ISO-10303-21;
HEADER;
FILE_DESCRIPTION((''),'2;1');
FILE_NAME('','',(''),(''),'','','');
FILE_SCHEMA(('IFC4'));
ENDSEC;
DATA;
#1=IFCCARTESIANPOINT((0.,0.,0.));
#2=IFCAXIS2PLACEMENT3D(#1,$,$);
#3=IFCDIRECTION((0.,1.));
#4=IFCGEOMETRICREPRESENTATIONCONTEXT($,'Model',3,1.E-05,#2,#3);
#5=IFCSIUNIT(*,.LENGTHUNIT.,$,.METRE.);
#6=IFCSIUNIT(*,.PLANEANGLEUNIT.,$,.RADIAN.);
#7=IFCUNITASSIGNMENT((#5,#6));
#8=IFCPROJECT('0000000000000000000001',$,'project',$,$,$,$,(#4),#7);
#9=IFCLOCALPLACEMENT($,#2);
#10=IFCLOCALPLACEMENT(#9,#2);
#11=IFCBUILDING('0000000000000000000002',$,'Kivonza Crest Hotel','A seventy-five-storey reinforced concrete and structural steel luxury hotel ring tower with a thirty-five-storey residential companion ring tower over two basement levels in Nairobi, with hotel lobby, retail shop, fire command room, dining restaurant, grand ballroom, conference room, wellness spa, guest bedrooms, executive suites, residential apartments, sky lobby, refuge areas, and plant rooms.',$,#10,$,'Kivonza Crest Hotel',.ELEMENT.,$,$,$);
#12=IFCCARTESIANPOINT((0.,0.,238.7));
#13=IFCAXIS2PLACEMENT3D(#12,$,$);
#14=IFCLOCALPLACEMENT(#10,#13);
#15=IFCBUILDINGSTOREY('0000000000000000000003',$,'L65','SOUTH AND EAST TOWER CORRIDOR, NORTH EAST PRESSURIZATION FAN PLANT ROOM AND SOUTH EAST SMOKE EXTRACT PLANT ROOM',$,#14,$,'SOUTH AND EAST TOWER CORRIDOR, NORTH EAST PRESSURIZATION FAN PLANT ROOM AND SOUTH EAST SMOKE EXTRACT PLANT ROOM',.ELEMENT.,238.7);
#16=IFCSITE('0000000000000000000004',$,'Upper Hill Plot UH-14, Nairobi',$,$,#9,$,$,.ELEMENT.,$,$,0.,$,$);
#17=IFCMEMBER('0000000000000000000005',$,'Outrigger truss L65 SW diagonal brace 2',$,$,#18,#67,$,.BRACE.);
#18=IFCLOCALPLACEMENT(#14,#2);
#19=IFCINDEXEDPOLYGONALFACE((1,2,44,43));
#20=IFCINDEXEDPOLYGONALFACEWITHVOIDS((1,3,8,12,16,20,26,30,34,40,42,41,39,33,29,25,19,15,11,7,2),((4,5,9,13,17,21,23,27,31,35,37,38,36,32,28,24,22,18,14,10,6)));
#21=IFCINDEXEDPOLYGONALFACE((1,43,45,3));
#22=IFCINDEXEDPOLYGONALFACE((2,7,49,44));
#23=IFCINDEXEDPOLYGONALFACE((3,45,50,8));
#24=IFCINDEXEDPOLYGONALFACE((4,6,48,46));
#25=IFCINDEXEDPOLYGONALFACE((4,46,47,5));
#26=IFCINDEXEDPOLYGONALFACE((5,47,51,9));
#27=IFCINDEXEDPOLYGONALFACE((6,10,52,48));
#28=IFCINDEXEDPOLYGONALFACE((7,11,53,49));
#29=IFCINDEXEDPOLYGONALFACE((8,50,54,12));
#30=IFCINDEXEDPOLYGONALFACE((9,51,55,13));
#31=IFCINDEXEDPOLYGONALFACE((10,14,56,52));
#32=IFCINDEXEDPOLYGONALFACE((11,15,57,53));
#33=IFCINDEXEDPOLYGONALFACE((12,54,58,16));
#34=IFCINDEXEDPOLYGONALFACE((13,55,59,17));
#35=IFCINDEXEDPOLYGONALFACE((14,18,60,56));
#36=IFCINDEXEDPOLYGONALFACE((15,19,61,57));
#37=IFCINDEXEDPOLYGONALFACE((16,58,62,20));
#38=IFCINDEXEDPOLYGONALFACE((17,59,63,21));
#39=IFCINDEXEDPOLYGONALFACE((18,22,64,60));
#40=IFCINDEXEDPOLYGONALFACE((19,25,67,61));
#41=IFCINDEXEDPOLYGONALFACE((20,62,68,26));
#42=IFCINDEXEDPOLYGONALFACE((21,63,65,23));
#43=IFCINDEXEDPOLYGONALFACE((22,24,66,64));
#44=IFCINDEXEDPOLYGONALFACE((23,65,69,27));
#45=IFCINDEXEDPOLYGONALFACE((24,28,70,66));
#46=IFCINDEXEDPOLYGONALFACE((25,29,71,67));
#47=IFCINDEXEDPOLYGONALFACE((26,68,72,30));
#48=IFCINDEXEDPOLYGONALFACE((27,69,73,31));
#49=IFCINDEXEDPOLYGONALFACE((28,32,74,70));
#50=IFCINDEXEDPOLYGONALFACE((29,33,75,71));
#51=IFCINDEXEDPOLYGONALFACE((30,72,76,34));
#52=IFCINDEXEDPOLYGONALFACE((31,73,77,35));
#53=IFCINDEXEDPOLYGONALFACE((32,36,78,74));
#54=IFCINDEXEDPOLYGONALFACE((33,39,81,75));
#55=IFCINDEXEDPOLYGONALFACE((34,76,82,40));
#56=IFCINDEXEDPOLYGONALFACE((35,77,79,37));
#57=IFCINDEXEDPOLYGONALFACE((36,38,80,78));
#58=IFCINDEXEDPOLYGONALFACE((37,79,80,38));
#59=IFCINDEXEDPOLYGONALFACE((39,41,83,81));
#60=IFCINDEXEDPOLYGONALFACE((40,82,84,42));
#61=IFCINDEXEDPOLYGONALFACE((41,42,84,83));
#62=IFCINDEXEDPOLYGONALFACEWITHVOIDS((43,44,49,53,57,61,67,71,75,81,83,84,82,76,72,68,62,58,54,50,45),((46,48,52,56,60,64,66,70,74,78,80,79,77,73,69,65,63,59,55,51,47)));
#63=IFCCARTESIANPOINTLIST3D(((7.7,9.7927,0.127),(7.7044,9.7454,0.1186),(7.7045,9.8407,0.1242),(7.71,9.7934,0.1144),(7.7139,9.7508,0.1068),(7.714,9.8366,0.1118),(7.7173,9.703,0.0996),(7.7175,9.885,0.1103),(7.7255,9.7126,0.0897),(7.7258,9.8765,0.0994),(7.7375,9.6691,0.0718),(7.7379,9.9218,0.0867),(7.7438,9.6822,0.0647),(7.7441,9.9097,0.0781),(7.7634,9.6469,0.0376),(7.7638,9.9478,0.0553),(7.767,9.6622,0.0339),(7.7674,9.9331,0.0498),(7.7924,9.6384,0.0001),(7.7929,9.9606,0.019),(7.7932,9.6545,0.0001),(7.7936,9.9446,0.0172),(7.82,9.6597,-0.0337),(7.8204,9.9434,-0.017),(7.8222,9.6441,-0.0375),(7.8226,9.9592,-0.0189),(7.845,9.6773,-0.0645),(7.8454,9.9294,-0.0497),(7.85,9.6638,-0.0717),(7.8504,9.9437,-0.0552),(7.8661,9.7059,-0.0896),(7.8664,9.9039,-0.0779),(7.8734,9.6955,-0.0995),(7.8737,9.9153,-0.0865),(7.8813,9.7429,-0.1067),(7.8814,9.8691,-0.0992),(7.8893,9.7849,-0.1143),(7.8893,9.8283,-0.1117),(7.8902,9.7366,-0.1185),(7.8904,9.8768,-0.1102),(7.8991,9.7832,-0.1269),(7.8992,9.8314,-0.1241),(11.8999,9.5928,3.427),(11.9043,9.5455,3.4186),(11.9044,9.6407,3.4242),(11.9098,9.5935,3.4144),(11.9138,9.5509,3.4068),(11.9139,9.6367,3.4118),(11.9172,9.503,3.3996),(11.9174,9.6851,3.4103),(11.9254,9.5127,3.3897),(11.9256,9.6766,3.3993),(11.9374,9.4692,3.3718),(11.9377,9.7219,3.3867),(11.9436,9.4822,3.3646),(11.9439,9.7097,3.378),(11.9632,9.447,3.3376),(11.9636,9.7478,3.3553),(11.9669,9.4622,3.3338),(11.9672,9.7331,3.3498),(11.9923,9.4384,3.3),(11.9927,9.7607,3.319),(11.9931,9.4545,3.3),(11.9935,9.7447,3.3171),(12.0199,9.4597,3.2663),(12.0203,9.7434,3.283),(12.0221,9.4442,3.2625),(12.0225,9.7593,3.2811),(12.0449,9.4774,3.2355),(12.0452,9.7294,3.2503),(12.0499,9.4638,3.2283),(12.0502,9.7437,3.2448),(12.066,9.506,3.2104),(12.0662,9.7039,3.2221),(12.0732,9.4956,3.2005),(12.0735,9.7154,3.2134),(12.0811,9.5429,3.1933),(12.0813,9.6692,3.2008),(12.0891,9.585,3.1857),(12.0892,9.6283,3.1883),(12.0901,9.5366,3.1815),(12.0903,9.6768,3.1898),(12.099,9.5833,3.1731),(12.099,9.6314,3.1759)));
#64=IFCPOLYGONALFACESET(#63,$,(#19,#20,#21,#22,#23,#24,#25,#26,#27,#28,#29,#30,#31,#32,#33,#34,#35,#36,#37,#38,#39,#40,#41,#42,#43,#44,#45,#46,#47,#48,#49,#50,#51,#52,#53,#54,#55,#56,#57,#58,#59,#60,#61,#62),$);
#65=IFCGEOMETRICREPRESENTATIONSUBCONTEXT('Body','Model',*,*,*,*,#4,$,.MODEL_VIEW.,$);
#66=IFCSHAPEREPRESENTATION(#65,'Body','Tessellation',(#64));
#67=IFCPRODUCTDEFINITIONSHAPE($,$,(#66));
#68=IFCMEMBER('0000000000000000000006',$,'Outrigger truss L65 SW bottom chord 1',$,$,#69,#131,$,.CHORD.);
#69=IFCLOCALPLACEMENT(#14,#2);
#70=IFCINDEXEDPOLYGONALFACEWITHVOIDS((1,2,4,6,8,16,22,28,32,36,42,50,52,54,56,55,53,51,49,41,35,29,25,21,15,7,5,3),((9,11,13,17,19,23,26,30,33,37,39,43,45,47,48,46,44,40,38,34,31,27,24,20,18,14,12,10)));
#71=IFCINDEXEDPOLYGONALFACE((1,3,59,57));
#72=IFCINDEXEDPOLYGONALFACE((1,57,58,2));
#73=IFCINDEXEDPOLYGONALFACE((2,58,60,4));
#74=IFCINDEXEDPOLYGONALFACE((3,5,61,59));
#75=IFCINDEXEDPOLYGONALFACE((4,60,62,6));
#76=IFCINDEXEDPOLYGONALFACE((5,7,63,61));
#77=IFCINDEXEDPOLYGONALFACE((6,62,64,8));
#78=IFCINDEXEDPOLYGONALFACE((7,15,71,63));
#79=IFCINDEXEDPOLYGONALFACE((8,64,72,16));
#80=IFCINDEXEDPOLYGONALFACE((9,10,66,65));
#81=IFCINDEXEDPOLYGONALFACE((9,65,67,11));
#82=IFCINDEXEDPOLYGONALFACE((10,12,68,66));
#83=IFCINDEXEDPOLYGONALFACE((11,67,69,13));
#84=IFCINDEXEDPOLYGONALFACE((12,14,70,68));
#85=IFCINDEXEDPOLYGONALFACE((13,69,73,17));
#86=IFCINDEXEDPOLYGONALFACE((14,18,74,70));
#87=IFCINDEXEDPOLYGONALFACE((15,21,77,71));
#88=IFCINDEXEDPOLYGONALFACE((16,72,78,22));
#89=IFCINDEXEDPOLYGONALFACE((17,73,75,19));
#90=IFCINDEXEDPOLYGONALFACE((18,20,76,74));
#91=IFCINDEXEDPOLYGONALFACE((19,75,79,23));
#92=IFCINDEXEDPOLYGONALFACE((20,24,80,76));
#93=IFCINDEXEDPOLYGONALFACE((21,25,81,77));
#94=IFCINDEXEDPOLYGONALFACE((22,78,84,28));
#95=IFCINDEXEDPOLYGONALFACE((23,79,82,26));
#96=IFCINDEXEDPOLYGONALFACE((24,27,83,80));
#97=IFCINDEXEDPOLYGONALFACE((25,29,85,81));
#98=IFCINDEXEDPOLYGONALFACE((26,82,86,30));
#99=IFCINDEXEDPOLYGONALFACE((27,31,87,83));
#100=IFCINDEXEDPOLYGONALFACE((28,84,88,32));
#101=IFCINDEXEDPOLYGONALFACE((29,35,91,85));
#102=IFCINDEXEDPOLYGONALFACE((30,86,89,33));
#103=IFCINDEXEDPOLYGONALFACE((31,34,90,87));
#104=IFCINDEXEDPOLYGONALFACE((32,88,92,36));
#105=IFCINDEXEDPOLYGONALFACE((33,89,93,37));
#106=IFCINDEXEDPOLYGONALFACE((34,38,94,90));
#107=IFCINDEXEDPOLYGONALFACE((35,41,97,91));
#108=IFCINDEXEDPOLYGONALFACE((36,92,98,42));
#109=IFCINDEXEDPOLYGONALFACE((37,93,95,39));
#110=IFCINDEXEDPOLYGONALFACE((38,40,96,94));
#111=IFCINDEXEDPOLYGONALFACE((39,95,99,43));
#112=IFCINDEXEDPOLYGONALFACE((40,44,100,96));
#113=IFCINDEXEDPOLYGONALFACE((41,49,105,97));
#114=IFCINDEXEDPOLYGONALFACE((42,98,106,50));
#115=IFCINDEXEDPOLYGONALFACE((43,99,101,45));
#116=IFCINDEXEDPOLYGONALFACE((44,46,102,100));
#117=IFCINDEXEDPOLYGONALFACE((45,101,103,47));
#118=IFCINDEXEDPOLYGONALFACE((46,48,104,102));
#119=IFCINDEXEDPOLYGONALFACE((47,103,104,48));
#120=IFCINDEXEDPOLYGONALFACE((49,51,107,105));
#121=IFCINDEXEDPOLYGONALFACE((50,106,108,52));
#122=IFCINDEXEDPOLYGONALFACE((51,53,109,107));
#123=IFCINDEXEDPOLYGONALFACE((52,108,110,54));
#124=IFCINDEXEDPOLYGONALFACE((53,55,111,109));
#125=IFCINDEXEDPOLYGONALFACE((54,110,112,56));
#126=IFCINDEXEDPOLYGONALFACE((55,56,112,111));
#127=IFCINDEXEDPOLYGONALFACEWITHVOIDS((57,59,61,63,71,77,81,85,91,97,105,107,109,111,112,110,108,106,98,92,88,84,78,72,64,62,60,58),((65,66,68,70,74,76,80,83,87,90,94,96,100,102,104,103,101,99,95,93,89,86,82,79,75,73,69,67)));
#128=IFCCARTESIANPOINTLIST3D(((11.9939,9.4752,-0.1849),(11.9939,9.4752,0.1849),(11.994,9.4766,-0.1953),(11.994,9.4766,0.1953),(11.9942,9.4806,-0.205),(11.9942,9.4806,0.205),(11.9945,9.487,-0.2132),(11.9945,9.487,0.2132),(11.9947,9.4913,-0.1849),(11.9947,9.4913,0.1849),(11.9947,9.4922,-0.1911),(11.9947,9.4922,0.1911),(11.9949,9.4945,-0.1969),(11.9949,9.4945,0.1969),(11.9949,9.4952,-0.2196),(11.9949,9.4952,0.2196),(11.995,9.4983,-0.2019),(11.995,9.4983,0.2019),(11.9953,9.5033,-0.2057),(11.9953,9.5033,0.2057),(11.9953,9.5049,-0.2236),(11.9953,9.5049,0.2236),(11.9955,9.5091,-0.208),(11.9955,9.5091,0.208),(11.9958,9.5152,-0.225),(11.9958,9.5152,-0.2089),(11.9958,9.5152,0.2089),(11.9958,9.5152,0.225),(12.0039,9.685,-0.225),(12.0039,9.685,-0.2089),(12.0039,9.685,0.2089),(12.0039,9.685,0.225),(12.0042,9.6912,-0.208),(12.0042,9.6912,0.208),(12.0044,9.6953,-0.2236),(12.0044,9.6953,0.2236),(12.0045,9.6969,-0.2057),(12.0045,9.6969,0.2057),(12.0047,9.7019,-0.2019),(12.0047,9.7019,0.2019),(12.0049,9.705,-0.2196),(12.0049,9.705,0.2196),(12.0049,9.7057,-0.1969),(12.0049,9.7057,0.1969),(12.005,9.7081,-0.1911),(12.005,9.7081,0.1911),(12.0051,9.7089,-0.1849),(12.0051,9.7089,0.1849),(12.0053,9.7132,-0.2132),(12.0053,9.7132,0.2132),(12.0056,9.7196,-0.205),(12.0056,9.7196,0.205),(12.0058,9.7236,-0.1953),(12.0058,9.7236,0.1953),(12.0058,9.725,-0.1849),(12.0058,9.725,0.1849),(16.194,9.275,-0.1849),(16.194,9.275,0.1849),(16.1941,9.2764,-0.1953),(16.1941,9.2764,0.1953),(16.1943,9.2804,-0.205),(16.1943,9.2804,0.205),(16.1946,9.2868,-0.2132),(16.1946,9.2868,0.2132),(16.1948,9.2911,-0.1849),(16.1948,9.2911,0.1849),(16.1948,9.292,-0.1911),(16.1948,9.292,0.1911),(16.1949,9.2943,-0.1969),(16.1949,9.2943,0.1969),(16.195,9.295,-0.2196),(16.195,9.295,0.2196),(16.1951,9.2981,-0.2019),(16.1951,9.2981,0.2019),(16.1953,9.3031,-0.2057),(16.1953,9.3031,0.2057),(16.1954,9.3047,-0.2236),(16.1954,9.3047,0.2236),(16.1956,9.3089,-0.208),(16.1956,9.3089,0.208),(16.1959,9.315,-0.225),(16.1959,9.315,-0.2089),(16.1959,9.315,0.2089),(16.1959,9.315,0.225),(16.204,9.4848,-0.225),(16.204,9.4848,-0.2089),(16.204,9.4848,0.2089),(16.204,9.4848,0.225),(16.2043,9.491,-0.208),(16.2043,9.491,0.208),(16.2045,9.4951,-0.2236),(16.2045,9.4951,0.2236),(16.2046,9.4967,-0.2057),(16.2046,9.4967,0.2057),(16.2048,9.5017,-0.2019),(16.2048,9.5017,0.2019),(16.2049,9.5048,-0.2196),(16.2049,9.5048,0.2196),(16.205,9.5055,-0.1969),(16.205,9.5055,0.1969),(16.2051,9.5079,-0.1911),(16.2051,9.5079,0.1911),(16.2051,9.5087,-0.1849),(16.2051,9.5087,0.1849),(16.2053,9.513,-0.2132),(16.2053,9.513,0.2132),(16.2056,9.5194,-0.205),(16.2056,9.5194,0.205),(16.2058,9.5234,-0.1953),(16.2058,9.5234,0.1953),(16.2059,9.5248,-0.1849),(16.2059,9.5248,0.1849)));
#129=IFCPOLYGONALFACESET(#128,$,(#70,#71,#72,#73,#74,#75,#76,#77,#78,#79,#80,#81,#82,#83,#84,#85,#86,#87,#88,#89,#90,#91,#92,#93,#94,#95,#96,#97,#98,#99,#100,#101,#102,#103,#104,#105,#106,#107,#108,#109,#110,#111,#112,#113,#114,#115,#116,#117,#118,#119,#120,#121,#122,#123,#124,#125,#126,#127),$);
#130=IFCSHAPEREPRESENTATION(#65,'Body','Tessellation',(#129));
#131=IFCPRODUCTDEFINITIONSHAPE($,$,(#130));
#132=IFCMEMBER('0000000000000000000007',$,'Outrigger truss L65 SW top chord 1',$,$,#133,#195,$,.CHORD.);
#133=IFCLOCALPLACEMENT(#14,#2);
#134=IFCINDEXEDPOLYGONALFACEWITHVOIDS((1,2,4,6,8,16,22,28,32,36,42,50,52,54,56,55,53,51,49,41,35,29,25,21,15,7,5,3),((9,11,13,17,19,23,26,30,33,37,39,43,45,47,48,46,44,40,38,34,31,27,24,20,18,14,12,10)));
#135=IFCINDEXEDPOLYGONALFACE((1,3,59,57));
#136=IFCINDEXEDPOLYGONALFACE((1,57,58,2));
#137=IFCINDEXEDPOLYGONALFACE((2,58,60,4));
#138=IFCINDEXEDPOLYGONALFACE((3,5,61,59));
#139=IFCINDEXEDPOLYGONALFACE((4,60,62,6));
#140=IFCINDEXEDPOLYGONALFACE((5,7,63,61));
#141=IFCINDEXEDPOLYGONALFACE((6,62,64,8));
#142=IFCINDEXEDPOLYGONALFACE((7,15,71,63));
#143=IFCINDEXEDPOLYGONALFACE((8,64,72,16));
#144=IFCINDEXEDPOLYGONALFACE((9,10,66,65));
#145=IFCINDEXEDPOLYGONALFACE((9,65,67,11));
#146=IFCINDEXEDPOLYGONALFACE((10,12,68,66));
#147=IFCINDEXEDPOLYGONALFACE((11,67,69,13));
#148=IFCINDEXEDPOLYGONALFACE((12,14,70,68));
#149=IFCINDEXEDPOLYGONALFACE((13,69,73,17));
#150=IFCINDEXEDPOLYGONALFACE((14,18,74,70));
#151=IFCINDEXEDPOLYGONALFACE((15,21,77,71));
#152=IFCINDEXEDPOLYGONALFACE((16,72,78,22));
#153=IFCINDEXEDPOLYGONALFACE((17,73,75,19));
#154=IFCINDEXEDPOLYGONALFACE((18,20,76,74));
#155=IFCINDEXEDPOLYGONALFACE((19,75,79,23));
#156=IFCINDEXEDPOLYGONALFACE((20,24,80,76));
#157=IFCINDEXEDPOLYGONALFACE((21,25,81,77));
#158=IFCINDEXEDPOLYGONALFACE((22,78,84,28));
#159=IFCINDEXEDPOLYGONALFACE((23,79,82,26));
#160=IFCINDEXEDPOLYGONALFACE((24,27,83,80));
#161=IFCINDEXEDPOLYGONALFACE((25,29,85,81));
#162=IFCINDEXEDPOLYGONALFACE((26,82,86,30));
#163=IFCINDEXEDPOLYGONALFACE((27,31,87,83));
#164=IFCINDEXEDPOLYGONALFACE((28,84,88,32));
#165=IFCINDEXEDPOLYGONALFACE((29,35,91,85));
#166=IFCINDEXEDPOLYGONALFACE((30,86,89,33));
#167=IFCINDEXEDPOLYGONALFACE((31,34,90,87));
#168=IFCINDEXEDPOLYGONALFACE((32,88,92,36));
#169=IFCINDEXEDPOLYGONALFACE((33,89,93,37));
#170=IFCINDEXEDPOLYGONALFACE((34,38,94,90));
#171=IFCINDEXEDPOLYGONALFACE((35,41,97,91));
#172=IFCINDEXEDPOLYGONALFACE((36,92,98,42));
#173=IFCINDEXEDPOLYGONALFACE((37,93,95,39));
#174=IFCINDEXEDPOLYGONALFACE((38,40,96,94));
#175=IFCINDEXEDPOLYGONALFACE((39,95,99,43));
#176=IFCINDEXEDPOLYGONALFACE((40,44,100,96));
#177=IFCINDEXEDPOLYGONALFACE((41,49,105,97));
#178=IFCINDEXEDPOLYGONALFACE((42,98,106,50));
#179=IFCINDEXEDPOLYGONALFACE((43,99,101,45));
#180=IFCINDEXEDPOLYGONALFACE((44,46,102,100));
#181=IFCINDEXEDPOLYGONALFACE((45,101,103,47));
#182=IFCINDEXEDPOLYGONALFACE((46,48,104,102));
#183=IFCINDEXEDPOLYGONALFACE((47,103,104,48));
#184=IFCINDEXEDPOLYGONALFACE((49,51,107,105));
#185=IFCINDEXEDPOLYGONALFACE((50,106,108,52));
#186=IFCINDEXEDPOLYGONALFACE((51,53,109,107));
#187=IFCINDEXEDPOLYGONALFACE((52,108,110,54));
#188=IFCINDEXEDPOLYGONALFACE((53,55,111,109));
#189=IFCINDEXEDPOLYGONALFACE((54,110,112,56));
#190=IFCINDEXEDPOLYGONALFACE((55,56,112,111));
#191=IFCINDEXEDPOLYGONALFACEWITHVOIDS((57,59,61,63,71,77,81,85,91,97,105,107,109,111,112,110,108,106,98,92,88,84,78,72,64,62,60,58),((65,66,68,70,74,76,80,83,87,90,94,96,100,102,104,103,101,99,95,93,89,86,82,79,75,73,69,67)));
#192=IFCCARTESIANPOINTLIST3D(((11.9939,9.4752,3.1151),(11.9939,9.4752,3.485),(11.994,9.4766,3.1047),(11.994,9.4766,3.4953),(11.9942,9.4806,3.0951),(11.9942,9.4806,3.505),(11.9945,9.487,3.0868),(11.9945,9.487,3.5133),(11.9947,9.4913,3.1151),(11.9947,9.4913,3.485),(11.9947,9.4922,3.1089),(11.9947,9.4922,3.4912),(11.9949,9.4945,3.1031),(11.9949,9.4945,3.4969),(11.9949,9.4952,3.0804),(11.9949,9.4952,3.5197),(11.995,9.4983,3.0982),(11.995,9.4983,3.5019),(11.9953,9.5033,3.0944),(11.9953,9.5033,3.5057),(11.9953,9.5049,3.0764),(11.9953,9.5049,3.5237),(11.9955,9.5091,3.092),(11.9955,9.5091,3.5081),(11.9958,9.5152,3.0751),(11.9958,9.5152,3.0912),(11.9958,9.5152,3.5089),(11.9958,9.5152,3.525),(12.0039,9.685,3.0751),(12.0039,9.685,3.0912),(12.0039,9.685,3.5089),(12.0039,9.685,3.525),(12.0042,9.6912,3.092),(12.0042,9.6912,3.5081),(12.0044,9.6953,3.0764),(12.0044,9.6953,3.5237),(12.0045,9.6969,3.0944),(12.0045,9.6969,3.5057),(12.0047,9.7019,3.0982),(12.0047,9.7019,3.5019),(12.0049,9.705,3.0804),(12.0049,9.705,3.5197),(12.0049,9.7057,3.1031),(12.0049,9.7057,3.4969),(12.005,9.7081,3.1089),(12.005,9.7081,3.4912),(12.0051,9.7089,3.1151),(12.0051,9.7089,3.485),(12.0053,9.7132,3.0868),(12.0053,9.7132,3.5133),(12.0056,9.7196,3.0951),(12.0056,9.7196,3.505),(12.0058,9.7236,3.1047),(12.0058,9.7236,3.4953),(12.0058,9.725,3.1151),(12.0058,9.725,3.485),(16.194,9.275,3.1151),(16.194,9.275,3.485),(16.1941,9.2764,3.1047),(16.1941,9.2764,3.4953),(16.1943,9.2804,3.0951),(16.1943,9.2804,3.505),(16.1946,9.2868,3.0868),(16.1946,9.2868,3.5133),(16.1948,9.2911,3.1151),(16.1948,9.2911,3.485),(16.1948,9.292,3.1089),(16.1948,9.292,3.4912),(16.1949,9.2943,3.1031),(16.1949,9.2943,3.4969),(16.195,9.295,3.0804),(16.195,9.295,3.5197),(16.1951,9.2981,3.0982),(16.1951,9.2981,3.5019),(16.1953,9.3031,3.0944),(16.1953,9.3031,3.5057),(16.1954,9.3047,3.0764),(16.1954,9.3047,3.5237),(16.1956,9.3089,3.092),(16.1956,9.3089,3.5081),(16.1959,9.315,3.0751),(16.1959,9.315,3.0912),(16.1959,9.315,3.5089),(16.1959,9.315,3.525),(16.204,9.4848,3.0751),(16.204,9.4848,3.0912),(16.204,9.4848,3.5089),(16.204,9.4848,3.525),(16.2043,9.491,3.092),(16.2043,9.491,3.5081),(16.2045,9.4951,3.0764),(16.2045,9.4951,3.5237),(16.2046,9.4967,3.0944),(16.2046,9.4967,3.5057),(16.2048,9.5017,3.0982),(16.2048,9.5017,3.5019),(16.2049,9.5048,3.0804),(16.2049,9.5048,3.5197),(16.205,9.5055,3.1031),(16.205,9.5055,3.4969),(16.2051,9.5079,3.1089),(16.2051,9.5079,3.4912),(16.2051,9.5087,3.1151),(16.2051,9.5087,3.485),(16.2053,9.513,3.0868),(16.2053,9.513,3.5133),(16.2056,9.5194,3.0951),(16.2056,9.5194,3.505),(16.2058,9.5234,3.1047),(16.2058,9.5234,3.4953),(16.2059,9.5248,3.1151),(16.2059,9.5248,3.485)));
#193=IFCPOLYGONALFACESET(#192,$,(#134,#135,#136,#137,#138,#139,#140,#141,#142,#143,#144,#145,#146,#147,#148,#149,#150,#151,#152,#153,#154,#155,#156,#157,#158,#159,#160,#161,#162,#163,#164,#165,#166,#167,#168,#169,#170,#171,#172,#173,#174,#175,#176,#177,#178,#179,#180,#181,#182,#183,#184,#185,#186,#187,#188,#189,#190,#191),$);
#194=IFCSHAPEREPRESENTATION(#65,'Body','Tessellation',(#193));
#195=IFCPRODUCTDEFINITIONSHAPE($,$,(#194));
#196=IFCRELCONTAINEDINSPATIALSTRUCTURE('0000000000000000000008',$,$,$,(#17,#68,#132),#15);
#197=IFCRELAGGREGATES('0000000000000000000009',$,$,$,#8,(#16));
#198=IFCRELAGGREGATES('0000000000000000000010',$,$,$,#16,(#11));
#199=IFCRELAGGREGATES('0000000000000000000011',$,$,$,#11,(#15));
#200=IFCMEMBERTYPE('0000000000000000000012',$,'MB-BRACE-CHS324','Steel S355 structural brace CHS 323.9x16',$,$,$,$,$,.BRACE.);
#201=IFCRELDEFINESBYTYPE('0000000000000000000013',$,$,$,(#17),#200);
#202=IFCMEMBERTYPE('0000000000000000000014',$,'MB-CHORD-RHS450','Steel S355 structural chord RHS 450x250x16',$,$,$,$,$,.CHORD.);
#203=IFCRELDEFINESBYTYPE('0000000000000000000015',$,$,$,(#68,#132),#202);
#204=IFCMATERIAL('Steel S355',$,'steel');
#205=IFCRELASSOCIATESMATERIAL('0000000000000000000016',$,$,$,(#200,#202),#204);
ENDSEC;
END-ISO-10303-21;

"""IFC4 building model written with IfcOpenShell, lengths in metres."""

from ifc_helpers import new_model, si_unit, direction, frame, origin, origin_2d, place, context, subcontext, project, spatial, hollow_rectangle, hollow_circle, extrude, material, material_profile, profile_set, type_object, element, save


model = new_model("IFC4")

# Units and contexts
model_context = context("Model", 3, precision=1e-05, world=origin(), true_north=direction((0.0, 1.0)))
body_context = subcontext(model_context, "Body", "Model", "MODEL_VIEW")
ifc_project = project(units=[si_unit("LENGTHUNIT", "METRE"), si_unit("PLANEANGLEUNIT", "RADIAN")], contexts=[model_context])

# Site, building, storey
site_placement = place(None, origin())
site = spatial("IfcSite", under=ifc_project, at=site_placement, Name="Upper Hill Plot UH-14, Nairobi", CompositionType="ELEMENT", RefElevation=0.0)
building_placement = place(site_placement, origin())
building = spatial("IfcBuilding", under=site, at=building_placement, Name="Kivonza Crest Hotel", Description="A seventy-five-storey reinforced concrete and structural steel luxury hotel ring tower with a thirty-five-storey residential companion ring tower over two basement levels in Nairobi, with hotel lobby, retail shop, fire command room, dining restaurant, grand ballroom, conference room, wellness spa, guest bedrooms, executive suites, residential apartments, sky lobby, refuge areas, and plant rooms.", LongName="Kivonza Crest Hotel", CompositionType="ELEMENT")
storey_placement = place(building_placement, frame((0.0, 0.0, 238.7)))
storey = spatial("IfcBuildingStorey", under=building, at=storey_placement, Name="L65", Description="SOUTH AND EAST TOWER CORRIDOR, NORTH EAST PRESSURIZATION FAN PLANT ROOM AND SOUTH EAST SMOKE EXTRACT PLANT ROOM", LongName="SOUTH AND EAST TOWER CORRIDOR, NORTH EAST PRESSURIZATION FAN PLANT ROOM AND SOUTH EAST SMOKE EXTRACT PLANT ROOM", CompositionType="ELEMENT", Elevation=238.7)

# Shared definitions
ifc_material_1 = material(Name="Steel S355", Category="steel")

# Members
ifc_material_profile_1 = material_profile(ifc_material_1, hollow_circle(Radius=0.1619, WallThickness=0.0161, at=origin_2d()), Name="CHS 323.9x16")
ifc_profile_set_1 = profile_set([ifc_material_profile_1], Name="Steel S355")
member_type_1 = type_object("IfcMemberType", Name="MB-BRACE-CHS324", Description="Steel S355 structural brace CHS 323.9x16", PredefinedType="BRACE", material=ifc_profile_set_1)
for number, where, z_axis, x_axis, name in (
    (1, (12.0, 9.6001, 3.3), (-0.78576, 0.037408, -0.617399), (-0.047554, -0.998869, 0.0), "Outrigger truss L65 SW diagonal brace 2"),
):
    element("IfcMember", number, at=place(storey_placement, frame(where, z_axis=z_axis, x_axis=x_axis)), inside=storey, type_object=member_type_1, Name=name, PredefinedType="BRACE", context=body_context, shape_type="SweptSolid", body=[
        extrude(hollow_circle(Radius=0.1619, WallThickness=0.0161, at=origin_2d()), origin(), (0.0, 0.0, 1.0), 5.345),
    ])
ifc_material_profile_2 = material_profile(ifc_material_1, hollow_rectangle(XDim=0.25, YDim=0.45, WallThickness=0.0161, InnerFilletRadius=0.0239, OuterFilletRadius=0.04, at=origin_2d()), Name="RHS 450x250x16")
ifc_profile_set_2 = profile_set([ifc_material_profile_2], Name="Steel S355")
member_type_2 = type_object("IfcMemberType", Name="MB-CHORD-RHS450", Description="Steel S355 structural chord RHS 450x250x16", PredefinedType="CHORD", material=ifc_profile_set_2)
for number, where, z_axis, x_axis, name in (
    (2, (16.2, 9.3999, 0.0), (-0.998866, 0.047612, 0.0), (-0.047612, -0.998866, 0.0), "Outrigger truss L65 SW bottom chord 1"),
    (3, (16.2, 9.3999, 3.3), (-0.998866, 0.047612, 0.0), (-0.047612, -0.998866, 0.0), "Outrigger truss L65 SW top chord 1"),
):
    element("IfcMember", number, at=place(storey_placement, frame(where, z_axis=z_axis, x_axis=x_axis)), inside=storey, type_object=member_type_2, Name=name, PredefinedType="CHORD", context=body_context, shape_type="SweptSolid", body=[
        extrude(hollow_rectangle(XDim=0.25, YDim=0.45, WallThickness=0.0161, InnerFilletRadius=0.0239, OuterFilletRadius=0.04, at=origin_2d()), origin(), (0.0, 0.0, 1.0), 4.2048),
    ])

save(model, "model.ifc")
